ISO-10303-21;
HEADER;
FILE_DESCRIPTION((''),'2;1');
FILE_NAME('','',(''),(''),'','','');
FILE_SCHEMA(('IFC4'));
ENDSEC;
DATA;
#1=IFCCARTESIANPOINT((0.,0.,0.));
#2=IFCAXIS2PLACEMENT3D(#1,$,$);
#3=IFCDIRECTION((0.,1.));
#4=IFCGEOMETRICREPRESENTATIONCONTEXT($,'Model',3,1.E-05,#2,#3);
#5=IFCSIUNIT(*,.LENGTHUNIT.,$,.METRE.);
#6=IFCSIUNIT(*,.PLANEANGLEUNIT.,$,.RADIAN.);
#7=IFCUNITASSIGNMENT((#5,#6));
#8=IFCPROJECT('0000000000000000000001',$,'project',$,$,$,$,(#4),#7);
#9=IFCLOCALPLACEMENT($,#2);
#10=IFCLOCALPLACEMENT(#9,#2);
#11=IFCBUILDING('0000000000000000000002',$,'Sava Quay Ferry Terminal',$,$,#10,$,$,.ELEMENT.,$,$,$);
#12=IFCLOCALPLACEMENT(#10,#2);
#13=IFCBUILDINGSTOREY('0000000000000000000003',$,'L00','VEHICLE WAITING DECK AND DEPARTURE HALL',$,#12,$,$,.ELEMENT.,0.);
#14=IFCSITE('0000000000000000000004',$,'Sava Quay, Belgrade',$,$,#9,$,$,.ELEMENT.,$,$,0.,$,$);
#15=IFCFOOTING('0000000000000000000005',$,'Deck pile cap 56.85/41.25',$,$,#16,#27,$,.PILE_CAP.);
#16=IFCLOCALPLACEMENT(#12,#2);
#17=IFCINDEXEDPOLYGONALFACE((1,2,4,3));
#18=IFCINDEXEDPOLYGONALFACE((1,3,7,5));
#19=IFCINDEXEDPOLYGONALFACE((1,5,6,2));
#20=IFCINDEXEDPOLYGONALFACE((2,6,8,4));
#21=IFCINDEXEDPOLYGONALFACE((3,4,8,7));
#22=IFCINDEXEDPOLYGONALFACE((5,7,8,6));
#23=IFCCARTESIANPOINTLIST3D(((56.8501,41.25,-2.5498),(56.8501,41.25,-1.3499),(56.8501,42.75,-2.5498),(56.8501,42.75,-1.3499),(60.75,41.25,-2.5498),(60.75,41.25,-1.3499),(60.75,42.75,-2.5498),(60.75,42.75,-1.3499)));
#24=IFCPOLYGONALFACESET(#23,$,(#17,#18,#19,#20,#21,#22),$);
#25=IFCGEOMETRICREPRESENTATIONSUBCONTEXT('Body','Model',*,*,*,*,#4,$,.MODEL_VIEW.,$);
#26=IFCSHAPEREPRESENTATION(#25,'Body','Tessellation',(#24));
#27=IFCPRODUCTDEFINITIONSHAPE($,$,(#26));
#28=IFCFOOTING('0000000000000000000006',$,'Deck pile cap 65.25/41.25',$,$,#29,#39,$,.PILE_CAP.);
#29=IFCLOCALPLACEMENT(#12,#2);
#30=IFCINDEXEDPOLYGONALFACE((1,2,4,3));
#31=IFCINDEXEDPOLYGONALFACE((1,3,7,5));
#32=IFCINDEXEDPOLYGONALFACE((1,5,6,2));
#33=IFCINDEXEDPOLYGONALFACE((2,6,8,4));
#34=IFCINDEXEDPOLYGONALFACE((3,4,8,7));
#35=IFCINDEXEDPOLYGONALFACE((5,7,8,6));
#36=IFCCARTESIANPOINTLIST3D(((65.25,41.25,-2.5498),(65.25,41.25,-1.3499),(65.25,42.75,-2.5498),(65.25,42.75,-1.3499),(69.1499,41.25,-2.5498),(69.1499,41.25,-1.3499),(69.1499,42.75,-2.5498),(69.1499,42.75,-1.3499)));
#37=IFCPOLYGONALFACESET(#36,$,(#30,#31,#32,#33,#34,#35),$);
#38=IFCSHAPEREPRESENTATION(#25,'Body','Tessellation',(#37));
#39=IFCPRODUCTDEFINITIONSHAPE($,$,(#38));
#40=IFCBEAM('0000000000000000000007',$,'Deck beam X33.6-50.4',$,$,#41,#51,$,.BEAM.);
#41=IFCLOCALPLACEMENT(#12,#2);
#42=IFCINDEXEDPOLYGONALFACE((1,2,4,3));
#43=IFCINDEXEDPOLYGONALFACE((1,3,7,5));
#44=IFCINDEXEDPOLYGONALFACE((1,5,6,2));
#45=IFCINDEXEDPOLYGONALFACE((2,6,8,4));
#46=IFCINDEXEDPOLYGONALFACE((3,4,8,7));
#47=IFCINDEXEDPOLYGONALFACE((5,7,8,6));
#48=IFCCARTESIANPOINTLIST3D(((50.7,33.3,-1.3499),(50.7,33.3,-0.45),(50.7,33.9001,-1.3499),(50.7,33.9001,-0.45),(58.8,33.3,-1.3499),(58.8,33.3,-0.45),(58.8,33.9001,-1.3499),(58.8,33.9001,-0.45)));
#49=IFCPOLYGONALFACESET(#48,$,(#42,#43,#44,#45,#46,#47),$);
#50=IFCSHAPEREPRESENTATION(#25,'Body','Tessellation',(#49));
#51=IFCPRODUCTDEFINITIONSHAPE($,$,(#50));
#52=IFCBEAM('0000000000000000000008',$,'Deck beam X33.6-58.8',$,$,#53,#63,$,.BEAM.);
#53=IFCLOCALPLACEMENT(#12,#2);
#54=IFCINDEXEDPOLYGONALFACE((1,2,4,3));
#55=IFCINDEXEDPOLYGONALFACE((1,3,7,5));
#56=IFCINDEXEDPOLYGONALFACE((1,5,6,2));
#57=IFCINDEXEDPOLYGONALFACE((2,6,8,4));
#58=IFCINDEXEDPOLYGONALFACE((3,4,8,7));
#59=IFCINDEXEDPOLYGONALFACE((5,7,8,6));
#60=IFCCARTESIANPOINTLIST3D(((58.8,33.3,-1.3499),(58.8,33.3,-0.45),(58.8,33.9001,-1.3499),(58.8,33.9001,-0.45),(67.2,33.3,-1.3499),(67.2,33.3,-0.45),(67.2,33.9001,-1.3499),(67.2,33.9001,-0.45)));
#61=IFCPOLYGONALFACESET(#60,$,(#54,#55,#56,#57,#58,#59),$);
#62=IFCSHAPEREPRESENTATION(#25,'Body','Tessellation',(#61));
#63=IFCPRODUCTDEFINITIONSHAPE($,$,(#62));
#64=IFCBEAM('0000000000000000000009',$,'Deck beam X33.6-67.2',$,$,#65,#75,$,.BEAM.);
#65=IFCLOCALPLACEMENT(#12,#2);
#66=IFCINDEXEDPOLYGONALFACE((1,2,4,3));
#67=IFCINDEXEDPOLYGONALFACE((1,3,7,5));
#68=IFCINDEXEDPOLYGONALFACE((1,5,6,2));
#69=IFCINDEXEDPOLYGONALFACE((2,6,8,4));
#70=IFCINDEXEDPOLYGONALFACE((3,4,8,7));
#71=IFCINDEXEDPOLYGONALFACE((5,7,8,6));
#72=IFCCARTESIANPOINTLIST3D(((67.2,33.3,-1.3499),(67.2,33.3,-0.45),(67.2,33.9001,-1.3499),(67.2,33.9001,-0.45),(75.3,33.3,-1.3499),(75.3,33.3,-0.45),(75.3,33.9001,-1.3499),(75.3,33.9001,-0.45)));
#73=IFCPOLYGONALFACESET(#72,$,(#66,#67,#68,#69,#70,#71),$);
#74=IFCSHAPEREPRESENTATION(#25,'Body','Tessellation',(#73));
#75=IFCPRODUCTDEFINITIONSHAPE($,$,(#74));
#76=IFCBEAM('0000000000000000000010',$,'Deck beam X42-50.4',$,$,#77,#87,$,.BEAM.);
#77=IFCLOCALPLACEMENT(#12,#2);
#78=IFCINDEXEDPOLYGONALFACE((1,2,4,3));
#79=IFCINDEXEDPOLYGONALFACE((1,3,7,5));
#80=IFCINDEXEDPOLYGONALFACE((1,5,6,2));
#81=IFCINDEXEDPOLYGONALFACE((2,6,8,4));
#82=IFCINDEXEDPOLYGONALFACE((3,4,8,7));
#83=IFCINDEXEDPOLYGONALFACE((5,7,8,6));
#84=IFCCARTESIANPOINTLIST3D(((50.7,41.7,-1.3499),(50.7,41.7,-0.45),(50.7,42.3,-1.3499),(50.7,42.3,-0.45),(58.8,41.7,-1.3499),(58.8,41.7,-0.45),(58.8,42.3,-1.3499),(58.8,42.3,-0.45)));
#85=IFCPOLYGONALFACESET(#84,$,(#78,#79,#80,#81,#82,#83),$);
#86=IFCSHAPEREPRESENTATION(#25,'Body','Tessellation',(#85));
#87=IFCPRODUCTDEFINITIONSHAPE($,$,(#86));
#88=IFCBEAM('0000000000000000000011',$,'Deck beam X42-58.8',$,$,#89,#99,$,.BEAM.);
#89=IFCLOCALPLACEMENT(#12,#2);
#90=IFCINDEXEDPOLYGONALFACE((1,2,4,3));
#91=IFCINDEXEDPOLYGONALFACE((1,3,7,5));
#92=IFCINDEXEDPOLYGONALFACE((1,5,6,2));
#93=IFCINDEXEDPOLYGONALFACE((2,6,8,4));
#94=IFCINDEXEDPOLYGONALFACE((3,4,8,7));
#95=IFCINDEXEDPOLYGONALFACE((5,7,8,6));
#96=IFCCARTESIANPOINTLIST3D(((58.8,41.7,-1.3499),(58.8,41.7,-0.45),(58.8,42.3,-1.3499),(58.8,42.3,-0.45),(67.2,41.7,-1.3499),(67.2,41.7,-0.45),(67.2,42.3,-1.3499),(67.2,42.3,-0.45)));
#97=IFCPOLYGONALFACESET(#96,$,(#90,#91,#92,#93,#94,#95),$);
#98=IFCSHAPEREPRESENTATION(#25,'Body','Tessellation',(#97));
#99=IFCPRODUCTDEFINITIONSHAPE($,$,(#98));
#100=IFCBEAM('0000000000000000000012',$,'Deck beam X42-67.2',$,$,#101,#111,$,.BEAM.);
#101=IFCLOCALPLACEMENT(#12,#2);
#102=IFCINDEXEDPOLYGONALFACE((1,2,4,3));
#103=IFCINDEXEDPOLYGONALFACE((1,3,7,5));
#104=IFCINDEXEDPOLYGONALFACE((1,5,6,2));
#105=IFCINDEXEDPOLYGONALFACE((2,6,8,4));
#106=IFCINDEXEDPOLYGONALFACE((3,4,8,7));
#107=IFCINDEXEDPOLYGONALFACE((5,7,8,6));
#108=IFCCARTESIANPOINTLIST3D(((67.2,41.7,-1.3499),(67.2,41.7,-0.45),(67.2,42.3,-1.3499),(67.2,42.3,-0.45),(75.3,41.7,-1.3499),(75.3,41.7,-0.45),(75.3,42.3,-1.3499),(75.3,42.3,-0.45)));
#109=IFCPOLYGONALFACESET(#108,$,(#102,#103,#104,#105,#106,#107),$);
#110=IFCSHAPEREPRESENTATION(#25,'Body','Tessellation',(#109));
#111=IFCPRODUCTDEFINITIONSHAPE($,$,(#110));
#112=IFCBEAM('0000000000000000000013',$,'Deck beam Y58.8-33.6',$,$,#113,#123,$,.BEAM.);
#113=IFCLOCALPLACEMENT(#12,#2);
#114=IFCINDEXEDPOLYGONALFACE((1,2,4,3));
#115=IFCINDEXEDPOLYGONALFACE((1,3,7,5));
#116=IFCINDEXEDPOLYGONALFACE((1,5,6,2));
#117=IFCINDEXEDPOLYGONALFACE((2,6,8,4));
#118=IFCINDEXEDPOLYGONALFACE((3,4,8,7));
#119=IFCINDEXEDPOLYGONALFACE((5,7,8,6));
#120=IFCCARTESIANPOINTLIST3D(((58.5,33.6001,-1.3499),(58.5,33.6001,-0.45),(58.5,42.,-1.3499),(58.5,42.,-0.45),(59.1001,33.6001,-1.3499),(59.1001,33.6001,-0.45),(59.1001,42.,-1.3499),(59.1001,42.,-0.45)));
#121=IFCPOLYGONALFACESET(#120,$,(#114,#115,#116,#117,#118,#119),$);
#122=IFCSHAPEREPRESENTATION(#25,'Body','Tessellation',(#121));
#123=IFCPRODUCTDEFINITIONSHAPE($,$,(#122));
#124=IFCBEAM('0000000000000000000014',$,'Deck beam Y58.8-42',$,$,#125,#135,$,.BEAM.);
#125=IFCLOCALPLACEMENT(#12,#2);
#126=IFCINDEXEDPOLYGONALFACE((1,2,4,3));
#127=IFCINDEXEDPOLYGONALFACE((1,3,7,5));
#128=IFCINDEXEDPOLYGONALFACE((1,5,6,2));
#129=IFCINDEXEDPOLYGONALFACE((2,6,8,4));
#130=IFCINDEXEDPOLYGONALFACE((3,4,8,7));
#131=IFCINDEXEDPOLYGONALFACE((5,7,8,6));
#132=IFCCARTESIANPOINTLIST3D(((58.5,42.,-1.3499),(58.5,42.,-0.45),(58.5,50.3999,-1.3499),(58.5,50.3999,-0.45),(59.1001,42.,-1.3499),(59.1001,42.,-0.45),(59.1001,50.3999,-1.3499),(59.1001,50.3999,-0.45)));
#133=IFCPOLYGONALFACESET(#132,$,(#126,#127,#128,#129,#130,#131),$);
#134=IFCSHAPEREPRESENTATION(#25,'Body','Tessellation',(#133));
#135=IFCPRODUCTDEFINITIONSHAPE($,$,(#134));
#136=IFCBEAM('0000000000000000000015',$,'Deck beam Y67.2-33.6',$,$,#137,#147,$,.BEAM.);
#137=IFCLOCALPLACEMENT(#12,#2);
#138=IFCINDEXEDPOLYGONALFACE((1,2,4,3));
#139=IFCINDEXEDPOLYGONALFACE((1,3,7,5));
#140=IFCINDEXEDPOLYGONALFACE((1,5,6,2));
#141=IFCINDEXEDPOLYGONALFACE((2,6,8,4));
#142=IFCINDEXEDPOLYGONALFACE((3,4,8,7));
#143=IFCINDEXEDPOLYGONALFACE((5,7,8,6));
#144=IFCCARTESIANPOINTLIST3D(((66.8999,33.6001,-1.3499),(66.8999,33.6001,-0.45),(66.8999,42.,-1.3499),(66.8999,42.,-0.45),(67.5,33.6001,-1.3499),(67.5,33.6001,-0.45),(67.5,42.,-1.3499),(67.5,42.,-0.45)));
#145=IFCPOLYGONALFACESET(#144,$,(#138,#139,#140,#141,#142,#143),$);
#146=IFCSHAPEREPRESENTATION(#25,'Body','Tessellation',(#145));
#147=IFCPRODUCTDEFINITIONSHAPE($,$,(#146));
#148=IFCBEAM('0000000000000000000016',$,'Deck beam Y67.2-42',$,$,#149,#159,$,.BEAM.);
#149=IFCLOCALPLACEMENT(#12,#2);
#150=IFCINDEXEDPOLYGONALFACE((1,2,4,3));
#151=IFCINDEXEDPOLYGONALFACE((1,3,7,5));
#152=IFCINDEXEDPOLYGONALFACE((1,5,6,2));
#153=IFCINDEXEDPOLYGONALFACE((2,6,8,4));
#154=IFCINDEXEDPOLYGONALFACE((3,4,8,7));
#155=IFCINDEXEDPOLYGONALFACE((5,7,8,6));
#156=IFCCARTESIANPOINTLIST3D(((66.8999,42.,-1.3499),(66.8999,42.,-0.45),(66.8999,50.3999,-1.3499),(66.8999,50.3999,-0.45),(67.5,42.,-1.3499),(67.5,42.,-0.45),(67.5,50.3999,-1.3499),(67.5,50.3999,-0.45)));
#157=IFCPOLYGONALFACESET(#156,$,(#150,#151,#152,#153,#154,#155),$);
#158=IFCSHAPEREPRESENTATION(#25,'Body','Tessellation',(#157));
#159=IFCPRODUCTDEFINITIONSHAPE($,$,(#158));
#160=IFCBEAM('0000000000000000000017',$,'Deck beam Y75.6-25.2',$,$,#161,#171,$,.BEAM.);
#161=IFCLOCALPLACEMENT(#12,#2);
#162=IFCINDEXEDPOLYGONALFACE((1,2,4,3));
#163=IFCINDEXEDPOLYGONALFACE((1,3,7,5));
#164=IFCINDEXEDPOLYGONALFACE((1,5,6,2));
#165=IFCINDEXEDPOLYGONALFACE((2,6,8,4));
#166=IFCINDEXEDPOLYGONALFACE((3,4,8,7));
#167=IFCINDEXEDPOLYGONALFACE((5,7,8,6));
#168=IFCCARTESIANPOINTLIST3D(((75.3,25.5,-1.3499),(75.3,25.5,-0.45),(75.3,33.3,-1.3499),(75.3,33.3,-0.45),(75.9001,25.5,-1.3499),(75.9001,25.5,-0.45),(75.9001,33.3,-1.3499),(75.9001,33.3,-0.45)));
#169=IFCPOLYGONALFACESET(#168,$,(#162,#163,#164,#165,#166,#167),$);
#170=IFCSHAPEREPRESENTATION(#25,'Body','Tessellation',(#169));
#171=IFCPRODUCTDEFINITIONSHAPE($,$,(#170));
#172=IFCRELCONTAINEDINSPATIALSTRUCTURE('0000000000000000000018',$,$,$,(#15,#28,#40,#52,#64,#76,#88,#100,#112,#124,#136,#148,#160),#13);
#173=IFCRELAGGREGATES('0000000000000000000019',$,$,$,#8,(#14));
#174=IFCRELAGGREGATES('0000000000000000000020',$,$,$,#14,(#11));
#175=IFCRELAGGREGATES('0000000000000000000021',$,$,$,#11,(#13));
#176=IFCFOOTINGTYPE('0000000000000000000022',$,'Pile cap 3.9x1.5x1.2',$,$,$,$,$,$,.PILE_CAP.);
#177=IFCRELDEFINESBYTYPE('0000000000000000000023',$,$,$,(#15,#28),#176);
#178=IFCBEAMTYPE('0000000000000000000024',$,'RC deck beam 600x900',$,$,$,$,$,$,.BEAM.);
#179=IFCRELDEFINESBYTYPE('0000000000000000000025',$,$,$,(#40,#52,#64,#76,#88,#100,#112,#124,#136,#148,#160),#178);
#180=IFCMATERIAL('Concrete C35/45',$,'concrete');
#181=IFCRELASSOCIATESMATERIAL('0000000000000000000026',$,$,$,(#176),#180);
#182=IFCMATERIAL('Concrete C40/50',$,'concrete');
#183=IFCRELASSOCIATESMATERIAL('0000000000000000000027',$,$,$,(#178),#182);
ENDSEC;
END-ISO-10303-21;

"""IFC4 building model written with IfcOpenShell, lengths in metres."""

from ifc_helpers import new_model, si_unit, direction, frame, origin, origin_2d, place, context, subcontext, project, spatial, rectangle, extrude, material, material_profile, profile_set, type_object, element, save


model = new_model("IFC4")

# Units and contexts
model_context = context("Model", 3, precision=1e-05, world=origin(), true_north=direction((0.0, 1.0)))
body_context = subcontext(model_context, "Body", "Model", "MODEL_VIEW")
ifc_project = project(units=[si_unit("LENGTHUNIT", "METRE"), si_unit("PLANEANGLEUNIT", "RADIAN")], contexts=[model_context])

# Site, building, storey
site_placement = place(None, origin())
site = spatial("IfcSite", under=ifc_project, at=site_placement, Name="Sava Quay, Belgrade", CompositionType="ELEMENT", RefElevation=0.0)
building_placement = place(site_placement, origin())
building = spatial("IfcBuilding", under=site, at=building_placement, Name="Sava Quay Ferry Terminal", CompositionType="ELEMENT")
storey_placement = place(building_placement, origin())
storey = spatial("IfcBuildingStorey", under=building, at=storey_placement, Name="L00", Description="VEHICLE WAITING DECK AND DEPARTURE HALL", CompositionType="ELEMENT", Elevation=0.0)

# Footings
ifc_material_1 = material(Name="Concrete C35/45", Category="concrete")
footing_type = type_object("IfcFootingType", Name="Pile cap 3.9x1.5x1.2", PredefinedType="PILE_CAP", material=ifc_material_1)
for number, where, z_axis, x_axis, name in (
    (1, (58.8, 42.0, -2.5498), (0.0, 0.0, 1.0), (1.0, 0.0, 0.0), "Deck pile cap 56.85/41.25"),
    (2, (67.2, 42.0, -2.5498), (0.0, 0.0, 1.0), (1.0, 0.0, 0.0), "Deck pile cap 65.25/41.25"),
):
    element("IfcFooting", number, at=place(storey_placement, frame(where, z_axis=z_axis, x_axis=x_axis)), inside=storey, type_object=footing_type, Name=name, PredefinedType="PILE_CAP", context=body_context, shape_type="SweptSolid", body=[
        extrude(rectangle(XDim=3.8999, YDim=1.5, at=origin_2d()), origin(), (0.0, 0.0, 1.0), 1.2),
    ])

# Beams
ifc_material_2 = material(Name="Concrete C40/50", Category="concrete")
ifc_material_profile_1 = material_profile(ifc_material_2, rectangle(XDim=0.6001, YDim=0.8999, at=origin_2d()), Name="RC 600x900")
ifc_profile_set_1 = profile_set([ifc_material_profile_1], Name="Concrete C40/50")
beam_type = type_object("IfcBeamType", Name="RC deck beam 600x900", PredefinedType="BEAM", material=ifc_profile_set_1)
beam_1_placement = place(storey_placement, frame((50.7, 33.6001, -0.8999), z_axis=(1.0, 0.0, 0.0), x_axis=(0.0, 1.0, 0.0)))
element("IfcBeam", 3, at=beam_1_placement, inside=storey, type_object=beam_type, Name="Deck beam X33.6-50.4", PredefinedType="BEAM", context=body_context, shape_type="SweptSolid", body=[
    extrude(rectangle(XDim=0.6001, YDim=0.8999, at=origin_2d()), origin(), (0.0, 0.0, 1.0), 8.1001),
])
beam_2_placement = place(storey_placement, frame((58.8, 33.6001, -0.8999), z_axis=(1.0, 0.0, 0.0), x_axis=(0.0, 1.0, 0.0)))
element("IfcBeam", 4, at=beam_2_placement, inside=storey, type_object=beam_type, Name="Deck beam X33.6-58.8", PredefinedType="BEAM", context=body_context, shape_type="SweptSolid", body=[
    extrude(rectangle(XDim=0.6001, YDim=0.8999, at=origin_2d()), origin(), (0.0, 0.0, 1.0), 8.3999),
])
for number, where, z_axis, x_axis, name in (
    (5, (67.2, 33.6001, -0.8999), (1.0, 0.0, 0.0), (0.0, 1.0, 0.0), "Deck beam X33.6-67.2"),
    (6, (50.7, 42.0, -0.8999), (1.0, 0.0, 0.0), (0.0, 1.0, 0.0), "Deck beam X42-50.4"),
):
    element("IfcBeam", number, at=place(storey_placement, frame(where, z_axis=z_axis, x_axis=x_axis)), inside=storey, type_object=beam_type, Name=name, PredefinedType="BEAM", context=body_context, shape_type="SweptSolid", body=[
        extrude(rectangle(XDim=0.6001, YDim=0.8999, at=origin_2d()), origin(), (0.0, 0.0, 1.0), 8.1001),
    ])
beam_3_placement = place(storey_placement, frame((58.8, 42.0, -0.8999), z_axis=(1.0, 0.0, 0.0), x_axis=(0.0, 1.0, 0.0)))
element("IfcBeam", 7, at=beam_3_placement, inside=storey, type_object=beam_type, Name="Deck beam X42-58.8", PredefinedType="BEAM", context=body_context, shape_type="SweptSolid", body=[
    extrude(rectangle(XDim=0.6001, YDim=0.8999, at=origin_2d()), origin(), (0.0, 0.0, 1.0), 8.3999),
])
beam_4_placement = place(storey_placement, frame((67.2, 42.0, -0.8999), z_axis=(1.0, 0.0, 0.0), x_axis=(0.0, 1.0, 0.0)))
element("IfcBeam", 8, at=beam_4_placement, inside=storey, type_object=beam_type, Name="Deck beam X42-67.2", PredefinedType="BEAM", context=body_context, shape_type="SweptSolid", body=[
    extrude(rectangle(XDim=0.6001, YDim=0.8999, at=origin_2d()), origin(), (0.0, 0.0, 1.0), 8.1001),
])
for number, where, z_axis, x_axis, name in (
    (9, (58.8, 33.6001, -0.8999), (0.0, 1.0, 0.0), (-1.0, 0.0, 0.0), "Deck beam Y58.8-33.6"),
    (10, (58.8, 42.0, -0.8999), (0.0, 1.0, 0.0), (-1.0, 0.0, 0.0), "Deck beam Y58.8-42"),
    (11, (67.2, 33.6001, -0.8999), (0.0, 1.0, 0.0), (-1.0, 0.0, 0.0), "Deck beam Y67.2-33.6"),
    (12, (67.2, 42.0, -0.8999), (0.0, 1.0, 0.0), (-1.0, 0.0, 0.0), "Deck beam Y67.2-42"),
):
    element("IfcBeam", number, at=place(storey_placement, frame(where, z_axis=z_axis, x_axis=x_axis)), inside=storey, type_object=beam_type, Name=name, PredefinedType="BEAM", context=body_context, shape_type="SweptSolid", body=[
        extrude(rectangle(XDim=0.6001, YDim=0.8999, at=origin_2d()), origin(), (0.0, 0.0, 1.0), 8.3999),
    ])
beam_5_placement = place(storey_placement, frame((75.6001, 25.5, -0.8999), z_axis=(0.0, 1.0, 0.0), x_axis=(-1.0, 0.0, 0.0)))
element("IfcBeam", 13, at=beam_5_placement, inside=storey, type_object=beam_type, Name="Deck beam Y75.6-25.2", PredefinedType="BEAM", context=body_context, shape_type="SweptSolid", body=[
    extrude(rectangle(XDim=0.6001, YDim=0.8999, at=origin_2d()), origin(), (0.0, 0.0, 1.0), 7.8),
])

save(model, "model.ifc")
